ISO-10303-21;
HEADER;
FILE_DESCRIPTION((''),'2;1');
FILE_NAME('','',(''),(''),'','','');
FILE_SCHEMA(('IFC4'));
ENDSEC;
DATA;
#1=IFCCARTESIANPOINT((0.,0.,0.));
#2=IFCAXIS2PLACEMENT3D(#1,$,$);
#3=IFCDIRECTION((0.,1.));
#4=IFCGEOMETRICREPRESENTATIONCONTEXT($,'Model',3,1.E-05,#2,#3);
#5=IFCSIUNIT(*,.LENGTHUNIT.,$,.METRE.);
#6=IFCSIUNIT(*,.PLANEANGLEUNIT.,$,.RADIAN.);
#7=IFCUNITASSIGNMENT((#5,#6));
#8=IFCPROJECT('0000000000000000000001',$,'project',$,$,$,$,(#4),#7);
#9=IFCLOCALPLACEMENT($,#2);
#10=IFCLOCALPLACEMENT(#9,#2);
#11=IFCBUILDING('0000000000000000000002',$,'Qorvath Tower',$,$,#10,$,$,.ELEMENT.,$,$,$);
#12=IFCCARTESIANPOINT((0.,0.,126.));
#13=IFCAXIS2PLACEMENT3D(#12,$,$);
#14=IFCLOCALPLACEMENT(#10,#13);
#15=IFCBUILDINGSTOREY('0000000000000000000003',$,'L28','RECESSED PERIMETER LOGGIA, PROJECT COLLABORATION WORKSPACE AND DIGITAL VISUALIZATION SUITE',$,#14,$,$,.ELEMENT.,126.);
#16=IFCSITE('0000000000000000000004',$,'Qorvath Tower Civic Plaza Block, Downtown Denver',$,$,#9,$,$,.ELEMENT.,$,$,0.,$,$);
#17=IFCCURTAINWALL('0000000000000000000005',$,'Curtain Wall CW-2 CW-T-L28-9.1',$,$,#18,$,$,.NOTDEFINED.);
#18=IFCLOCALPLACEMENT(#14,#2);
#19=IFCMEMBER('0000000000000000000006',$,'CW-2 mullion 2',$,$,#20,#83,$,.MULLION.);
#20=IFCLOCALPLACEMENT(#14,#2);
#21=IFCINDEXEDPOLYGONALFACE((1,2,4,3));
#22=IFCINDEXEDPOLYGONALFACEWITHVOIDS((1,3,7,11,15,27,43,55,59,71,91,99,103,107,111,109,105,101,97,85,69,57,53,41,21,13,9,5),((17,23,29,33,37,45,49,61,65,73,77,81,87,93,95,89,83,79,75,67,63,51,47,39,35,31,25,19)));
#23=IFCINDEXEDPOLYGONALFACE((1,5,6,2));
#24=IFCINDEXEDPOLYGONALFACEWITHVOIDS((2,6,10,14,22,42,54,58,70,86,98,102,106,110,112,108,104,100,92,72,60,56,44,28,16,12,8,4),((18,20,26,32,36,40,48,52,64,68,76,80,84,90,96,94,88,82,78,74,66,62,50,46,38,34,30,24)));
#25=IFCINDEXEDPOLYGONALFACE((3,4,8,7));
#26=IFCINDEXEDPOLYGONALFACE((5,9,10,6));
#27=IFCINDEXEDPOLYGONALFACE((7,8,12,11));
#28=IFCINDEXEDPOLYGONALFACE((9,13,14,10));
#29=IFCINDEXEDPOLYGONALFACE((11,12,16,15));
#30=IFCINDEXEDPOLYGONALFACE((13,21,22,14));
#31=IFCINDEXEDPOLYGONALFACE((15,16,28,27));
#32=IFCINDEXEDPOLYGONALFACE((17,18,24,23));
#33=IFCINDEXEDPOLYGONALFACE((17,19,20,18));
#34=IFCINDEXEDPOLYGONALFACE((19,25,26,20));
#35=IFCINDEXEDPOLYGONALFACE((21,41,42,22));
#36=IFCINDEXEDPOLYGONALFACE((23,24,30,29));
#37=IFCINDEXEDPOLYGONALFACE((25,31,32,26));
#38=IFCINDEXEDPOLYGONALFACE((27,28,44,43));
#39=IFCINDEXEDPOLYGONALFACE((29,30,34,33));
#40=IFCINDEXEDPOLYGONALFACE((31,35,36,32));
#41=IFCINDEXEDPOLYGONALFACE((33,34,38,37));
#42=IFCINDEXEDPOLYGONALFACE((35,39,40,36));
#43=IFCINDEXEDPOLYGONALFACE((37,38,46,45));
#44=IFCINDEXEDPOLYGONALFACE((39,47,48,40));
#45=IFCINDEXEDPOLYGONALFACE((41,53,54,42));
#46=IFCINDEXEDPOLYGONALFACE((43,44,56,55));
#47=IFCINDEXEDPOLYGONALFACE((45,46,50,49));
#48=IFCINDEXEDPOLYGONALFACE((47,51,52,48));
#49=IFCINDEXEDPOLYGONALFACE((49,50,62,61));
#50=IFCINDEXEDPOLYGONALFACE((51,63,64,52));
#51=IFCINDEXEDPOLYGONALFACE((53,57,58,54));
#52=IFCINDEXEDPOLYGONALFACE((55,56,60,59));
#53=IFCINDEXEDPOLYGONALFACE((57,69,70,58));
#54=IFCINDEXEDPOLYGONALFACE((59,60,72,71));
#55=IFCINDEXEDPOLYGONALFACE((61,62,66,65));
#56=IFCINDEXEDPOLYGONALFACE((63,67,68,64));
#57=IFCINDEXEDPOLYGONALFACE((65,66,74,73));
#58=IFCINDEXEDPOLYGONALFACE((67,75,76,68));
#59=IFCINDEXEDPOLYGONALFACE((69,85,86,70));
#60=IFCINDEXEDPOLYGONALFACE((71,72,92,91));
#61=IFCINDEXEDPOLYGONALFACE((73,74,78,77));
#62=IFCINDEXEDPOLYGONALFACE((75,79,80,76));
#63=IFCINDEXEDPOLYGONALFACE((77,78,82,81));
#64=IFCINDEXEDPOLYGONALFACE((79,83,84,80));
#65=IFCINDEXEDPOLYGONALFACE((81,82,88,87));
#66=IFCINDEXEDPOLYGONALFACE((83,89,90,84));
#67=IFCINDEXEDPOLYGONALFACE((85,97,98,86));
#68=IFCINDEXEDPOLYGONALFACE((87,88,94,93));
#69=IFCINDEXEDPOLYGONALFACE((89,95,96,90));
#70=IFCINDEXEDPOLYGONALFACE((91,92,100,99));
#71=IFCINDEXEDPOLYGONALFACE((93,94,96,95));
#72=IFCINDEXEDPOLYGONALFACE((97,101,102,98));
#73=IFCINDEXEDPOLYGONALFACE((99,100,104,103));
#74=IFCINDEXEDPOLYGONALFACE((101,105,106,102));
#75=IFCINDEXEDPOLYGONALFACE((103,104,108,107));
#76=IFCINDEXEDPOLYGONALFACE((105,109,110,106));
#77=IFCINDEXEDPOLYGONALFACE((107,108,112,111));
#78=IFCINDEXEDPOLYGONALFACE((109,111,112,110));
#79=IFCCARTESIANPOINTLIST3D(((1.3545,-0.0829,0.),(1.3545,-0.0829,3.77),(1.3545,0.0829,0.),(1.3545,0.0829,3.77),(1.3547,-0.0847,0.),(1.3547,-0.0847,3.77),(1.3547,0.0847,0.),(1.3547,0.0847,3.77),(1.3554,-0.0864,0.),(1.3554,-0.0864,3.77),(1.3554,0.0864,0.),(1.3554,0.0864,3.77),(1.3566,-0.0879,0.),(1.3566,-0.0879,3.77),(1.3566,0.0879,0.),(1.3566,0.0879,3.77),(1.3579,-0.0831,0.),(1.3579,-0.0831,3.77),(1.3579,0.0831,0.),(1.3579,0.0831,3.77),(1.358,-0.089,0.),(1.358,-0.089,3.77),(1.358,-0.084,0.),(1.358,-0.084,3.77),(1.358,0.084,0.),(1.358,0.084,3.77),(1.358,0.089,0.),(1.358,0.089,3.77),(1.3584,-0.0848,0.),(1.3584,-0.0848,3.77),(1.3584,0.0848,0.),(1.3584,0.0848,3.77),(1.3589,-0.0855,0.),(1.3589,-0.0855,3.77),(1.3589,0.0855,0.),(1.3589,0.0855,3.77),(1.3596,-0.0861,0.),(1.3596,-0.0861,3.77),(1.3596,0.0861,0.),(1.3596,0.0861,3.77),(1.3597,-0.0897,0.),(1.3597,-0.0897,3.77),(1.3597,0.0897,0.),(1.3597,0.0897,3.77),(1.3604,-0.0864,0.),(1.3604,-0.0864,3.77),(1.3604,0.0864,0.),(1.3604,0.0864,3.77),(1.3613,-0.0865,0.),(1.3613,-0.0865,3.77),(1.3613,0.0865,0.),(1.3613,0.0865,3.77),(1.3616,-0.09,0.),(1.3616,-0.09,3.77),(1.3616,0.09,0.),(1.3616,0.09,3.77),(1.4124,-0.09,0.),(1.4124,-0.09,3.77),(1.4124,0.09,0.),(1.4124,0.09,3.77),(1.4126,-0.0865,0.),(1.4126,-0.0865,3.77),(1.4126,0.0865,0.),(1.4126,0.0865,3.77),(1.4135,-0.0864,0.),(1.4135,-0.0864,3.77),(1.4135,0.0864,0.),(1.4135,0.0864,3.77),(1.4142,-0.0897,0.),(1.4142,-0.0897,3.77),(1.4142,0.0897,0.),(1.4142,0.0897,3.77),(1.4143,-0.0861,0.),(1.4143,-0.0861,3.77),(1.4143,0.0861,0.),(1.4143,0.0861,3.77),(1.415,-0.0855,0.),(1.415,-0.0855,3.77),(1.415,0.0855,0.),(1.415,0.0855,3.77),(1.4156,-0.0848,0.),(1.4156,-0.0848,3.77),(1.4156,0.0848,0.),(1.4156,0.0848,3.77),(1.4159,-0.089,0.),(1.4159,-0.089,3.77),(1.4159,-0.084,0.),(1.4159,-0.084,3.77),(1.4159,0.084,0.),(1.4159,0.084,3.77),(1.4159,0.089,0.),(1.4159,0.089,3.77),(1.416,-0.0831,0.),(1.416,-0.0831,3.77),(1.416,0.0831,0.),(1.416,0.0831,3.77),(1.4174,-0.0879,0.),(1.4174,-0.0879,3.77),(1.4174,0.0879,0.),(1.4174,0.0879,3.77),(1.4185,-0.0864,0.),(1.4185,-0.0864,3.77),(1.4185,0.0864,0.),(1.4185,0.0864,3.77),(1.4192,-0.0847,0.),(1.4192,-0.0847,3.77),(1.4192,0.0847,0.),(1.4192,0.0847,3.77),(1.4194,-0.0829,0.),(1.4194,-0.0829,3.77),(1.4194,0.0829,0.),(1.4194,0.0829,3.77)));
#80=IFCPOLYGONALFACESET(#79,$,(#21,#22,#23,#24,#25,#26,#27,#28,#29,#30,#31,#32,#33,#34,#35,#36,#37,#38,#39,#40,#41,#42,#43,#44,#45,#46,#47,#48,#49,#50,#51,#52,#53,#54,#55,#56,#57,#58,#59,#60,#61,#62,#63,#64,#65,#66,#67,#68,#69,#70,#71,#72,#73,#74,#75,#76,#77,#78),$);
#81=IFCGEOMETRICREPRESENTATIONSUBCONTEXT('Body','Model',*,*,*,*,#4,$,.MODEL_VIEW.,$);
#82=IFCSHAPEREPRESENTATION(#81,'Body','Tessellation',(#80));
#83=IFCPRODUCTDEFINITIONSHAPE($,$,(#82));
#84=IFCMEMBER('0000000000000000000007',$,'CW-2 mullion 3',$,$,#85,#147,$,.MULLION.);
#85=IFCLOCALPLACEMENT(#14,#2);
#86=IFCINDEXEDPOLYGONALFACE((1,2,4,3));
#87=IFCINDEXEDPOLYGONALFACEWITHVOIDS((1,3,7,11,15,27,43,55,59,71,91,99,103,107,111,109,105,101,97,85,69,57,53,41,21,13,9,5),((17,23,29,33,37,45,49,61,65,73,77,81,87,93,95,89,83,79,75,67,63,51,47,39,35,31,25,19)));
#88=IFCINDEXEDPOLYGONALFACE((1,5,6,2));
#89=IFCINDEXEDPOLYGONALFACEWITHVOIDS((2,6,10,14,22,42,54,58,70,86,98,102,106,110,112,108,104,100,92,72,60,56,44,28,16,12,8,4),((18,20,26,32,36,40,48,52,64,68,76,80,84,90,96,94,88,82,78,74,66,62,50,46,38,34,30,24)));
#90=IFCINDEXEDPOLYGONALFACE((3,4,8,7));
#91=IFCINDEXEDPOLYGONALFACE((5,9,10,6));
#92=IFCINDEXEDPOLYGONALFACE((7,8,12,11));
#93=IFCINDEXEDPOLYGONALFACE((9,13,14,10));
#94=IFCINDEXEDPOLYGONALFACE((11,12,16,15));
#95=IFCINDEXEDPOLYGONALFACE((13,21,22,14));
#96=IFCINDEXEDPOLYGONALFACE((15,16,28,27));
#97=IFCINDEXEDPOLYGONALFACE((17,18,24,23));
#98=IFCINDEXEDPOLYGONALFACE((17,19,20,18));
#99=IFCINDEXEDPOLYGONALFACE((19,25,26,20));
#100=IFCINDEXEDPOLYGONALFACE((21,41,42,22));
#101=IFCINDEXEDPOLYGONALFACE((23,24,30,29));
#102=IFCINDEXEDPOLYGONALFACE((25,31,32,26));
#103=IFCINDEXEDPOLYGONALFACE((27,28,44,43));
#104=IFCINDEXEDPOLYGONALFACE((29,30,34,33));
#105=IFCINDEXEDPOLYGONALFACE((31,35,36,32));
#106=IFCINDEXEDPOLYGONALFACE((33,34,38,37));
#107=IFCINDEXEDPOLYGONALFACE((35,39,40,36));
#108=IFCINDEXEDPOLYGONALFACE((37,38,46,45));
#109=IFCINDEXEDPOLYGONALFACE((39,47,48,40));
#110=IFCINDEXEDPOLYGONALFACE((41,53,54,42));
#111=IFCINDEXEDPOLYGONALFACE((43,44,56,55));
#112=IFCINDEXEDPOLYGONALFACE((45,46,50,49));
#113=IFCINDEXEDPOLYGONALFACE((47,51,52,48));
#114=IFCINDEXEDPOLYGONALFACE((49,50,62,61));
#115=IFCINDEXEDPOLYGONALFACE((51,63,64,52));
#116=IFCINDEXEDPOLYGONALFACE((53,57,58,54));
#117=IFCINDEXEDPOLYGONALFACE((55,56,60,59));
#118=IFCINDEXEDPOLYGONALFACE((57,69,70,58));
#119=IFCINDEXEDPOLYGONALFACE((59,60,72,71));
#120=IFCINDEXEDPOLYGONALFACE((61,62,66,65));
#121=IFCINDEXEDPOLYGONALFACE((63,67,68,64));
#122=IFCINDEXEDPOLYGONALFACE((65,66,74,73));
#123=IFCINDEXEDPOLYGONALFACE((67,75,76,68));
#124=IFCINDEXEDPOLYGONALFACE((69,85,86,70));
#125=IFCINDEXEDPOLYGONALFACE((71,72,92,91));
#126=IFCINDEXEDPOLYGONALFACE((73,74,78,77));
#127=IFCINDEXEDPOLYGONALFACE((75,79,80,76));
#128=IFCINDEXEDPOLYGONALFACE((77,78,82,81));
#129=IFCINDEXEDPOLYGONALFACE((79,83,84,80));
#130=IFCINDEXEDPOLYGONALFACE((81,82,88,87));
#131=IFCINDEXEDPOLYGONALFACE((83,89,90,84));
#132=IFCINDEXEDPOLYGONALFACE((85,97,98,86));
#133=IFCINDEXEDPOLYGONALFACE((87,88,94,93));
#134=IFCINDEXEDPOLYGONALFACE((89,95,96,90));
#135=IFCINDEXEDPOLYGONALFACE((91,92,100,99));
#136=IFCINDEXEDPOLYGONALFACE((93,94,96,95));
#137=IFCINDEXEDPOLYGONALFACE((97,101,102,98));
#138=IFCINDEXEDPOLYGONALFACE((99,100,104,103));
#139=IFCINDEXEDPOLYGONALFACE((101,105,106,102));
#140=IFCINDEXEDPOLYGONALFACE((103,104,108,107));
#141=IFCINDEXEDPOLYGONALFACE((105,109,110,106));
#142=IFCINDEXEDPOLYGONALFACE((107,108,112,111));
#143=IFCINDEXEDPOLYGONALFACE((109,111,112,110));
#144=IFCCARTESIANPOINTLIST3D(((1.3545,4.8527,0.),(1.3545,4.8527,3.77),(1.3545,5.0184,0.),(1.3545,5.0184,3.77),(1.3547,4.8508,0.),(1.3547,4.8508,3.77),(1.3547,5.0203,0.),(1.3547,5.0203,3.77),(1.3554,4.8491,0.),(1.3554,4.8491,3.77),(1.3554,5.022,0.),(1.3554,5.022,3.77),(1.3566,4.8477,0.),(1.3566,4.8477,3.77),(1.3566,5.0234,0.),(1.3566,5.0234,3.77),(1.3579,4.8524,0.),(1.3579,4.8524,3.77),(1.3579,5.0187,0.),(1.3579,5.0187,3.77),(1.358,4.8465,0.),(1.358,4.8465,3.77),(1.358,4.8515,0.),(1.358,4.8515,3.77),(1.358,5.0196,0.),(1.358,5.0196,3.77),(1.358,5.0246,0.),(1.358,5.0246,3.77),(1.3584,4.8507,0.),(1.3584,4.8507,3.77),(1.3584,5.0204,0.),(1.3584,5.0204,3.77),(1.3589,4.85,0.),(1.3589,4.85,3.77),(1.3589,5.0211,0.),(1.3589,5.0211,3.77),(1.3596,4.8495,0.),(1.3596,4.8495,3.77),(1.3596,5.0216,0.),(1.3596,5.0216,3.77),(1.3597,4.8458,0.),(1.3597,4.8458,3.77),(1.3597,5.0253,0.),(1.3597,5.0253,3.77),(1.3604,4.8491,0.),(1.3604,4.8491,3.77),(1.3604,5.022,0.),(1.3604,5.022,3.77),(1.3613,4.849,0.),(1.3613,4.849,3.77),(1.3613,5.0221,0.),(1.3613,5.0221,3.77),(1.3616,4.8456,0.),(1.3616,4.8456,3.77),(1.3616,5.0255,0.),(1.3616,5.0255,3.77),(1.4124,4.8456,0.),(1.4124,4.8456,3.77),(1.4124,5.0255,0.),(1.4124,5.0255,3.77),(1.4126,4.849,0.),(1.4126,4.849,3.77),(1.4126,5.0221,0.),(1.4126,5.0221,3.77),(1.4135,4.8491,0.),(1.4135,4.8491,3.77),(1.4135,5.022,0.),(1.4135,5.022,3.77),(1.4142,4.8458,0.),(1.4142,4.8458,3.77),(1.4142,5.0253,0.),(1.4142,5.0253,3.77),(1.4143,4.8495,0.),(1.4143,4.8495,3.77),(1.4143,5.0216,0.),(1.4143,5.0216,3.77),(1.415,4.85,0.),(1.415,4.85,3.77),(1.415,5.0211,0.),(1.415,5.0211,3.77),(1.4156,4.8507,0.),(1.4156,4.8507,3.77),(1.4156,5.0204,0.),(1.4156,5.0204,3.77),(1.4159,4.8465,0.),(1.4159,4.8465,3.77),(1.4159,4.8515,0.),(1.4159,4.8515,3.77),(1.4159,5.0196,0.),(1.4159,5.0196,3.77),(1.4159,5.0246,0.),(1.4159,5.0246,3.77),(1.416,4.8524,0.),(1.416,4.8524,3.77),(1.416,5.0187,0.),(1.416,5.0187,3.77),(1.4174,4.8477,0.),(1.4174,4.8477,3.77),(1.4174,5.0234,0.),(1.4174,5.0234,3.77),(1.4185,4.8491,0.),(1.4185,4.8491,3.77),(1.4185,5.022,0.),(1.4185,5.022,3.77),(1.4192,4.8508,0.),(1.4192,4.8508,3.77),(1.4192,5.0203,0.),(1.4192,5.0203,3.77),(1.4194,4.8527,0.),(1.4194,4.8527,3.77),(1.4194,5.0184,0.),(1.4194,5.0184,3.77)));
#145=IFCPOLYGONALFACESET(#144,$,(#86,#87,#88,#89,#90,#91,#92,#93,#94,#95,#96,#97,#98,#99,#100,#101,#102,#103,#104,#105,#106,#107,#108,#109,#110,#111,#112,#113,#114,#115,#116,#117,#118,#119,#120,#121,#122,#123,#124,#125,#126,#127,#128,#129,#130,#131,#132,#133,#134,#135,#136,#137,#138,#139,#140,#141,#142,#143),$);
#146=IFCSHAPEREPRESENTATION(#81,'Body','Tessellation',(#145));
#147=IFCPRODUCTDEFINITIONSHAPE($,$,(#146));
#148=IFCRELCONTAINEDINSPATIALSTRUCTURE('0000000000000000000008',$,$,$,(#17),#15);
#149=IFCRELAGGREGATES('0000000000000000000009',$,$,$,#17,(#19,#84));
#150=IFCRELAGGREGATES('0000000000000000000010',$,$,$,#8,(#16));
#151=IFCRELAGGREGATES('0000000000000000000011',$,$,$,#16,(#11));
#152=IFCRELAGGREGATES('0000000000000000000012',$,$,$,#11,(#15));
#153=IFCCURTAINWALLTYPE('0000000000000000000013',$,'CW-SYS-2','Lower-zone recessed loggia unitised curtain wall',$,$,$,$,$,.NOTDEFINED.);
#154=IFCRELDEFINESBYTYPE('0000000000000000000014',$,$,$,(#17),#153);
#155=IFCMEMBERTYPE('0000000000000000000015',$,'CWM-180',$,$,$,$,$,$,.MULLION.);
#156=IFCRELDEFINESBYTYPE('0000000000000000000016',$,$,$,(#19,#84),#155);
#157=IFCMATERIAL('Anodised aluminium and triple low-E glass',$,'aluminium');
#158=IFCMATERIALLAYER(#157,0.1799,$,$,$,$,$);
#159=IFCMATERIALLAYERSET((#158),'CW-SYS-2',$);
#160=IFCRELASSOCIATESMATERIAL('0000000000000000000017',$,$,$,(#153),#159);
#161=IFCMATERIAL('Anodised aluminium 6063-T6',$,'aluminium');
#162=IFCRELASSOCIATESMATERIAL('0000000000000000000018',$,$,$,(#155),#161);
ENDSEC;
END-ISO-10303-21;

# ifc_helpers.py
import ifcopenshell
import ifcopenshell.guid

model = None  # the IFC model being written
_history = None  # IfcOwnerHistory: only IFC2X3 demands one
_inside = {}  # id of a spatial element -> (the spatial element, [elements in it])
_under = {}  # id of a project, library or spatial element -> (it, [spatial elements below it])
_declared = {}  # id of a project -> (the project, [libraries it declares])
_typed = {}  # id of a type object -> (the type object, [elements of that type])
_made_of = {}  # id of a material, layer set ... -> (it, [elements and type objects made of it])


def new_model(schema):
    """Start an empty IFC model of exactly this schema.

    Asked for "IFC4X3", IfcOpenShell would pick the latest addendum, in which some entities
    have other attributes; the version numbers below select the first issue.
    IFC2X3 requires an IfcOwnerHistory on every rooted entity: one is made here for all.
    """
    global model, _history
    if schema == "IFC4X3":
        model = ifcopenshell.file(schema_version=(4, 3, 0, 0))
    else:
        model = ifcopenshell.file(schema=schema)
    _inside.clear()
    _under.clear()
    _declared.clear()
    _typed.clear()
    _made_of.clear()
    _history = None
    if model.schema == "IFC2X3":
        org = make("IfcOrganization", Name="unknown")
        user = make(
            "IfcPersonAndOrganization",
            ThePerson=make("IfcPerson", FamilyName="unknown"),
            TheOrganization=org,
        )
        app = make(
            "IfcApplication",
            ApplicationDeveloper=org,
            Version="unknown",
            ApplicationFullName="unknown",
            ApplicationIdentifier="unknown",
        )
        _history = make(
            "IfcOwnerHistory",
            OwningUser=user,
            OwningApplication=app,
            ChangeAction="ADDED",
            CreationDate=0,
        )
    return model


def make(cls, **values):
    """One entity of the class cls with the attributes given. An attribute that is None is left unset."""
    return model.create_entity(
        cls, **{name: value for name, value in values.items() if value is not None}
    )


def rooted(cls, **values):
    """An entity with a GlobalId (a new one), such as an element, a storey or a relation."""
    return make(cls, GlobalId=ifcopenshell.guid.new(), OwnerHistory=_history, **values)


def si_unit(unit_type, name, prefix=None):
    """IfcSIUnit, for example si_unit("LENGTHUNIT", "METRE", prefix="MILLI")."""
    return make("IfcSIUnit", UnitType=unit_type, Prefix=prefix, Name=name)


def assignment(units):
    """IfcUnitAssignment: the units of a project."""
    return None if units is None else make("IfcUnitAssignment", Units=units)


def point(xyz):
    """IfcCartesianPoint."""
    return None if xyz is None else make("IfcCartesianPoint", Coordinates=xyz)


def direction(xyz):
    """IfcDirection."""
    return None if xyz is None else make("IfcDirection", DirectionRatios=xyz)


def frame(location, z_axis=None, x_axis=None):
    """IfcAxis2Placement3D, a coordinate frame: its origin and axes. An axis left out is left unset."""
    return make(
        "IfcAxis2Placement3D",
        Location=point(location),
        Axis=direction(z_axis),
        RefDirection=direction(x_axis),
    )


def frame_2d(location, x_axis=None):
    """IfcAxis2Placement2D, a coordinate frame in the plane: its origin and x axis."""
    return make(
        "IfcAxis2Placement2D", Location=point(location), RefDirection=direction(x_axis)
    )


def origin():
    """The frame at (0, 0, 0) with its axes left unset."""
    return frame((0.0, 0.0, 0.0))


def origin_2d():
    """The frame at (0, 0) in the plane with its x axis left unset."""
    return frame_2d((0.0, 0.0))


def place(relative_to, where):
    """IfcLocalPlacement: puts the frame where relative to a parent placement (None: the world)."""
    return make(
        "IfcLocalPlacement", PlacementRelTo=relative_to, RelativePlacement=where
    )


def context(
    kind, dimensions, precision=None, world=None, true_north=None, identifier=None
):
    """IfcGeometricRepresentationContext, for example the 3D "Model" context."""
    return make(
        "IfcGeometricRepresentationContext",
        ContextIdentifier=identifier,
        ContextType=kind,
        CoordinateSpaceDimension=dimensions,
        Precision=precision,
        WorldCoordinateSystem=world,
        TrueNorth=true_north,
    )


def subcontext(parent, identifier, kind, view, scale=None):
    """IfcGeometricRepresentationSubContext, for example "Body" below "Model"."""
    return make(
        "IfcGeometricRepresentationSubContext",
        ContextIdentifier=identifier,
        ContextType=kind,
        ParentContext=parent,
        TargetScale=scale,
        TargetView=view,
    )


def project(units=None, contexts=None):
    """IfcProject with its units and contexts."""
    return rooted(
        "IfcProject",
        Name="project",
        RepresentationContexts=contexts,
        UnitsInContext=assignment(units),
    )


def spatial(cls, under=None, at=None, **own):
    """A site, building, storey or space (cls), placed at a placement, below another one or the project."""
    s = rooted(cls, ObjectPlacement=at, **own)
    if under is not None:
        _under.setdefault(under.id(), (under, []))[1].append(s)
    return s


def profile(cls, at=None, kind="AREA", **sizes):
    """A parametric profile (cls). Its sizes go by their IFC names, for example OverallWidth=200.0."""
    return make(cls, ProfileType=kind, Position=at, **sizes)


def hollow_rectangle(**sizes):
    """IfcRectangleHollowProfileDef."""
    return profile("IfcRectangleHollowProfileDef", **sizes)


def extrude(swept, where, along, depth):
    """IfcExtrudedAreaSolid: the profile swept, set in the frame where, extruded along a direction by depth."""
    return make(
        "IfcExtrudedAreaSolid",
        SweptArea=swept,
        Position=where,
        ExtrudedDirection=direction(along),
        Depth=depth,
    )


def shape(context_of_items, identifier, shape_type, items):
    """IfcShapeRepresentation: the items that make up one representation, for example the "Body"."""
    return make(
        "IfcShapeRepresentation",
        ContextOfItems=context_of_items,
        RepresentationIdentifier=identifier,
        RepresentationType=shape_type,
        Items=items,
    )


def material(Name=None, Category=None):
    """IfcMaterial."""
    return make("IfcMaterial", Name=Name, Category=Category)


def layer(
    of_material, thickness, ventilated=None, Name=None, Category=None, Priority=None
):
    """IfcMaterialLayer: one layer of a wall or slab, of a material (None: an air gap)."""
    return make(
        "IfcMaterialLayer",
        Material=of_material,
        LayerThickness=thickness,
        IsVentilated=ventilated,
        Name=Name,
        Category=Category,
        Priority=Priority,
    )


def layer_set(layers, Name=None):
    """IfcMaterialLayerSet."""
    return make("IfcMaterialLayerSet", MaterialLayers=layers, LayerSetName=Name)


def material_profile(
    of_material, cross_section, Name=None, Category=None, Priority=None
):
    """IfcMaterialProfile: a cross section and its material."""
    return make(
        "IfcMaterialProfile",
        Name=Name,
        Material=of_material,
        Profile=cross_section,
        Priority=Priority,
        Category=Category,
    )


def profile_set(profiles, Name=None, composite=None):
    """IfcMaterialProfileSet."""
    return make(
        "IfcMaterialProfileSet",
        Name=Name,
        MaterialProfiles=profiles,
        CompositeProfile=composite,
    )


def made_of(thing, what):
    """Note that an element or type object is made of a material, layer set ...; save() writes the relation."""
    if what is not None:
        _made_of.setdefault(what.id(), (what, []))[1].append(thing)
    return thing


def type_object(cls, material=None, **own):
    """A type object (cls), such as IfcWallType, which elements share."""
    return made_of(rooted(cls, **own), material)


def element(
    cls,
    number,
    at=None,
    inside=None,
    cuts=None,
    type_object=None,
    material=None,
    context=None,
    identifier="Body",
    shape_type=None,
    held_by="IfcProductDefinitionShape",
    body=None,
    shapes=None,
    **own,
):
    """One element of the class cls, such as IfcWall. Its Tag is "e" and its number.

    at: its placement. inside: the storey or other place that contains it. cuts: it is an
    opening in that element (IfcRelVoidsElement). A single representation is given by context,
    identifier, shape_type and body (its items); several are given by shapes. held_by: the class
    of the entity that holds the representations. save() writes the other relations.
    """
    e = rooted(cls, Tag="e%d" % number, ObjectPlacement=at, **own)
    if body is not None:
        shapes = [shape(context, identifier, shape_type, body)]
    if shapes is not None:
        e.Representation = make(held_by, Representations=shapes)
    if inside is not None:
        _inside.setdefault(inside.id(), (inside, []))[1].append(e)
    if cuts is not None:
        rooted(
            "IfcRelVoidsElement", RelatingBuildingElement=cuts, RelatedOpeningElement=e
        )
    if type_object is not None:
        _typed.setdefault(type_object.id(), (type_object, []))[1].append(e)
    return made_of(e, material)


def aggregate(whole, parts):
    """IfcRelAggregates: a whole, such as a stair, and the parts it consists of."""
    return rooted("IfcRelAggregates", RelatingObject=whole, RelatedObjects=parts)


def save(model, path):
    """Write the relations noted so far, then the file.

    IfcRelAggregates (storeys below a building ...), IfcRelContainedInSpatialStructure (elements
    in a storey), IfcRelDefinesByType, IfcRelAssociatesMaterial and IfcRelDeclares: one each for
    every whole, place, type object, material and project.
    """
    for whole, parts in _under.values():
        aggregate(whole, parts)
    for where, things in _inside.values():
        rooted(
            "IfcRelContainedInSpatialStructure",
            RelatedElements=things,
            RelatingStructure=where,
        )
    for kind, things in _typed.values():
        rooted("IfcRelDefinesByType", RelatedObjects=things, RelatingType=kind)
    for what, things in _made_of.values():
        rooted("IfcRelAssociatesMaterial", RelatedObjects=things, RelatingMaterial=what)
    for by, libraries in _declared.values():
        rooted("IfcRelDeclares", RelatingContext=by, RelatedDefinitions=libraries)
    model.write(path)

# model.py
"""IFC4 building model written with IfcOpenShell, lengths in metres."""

from ifc_helpers import new_model, si_unit, direction, frame, origin, origin_2d, place, context, subcontext, project, spatial, hollow_rectangle, extrude, material, layer, layer_set, material_profile, profile_set, type_object, element, aggregate, save


model = new_model("IFC4")

# Units and contexts
model_context = context("Model", 3, precision=1e-05, world=origin(), true_north=direction((0.0, 1.0)))
body_context = subcontext(model_context, "Body", "Model", "MODEL_VIEW")
ifc_project = project(units=[si_unit("LENGTHUNIT", "METRE"), si_unit("PLANEANGLEUNIT", "RADIAN")], contexts=[model_context])

# Site, building, storey
site_placement = place(None, origin())
site = spatial("IfcSite", under=ifc_project, at=site_placement, Name="Qorvath Tower Civic Plaza Block, Downtown Denver", CompositionType="ELEMENT", RefElevation=0.0)
building_placement = place(site_placement, origin())
building = spatial("IfcBuilding", under=site, at=building_placement, Name="Qorvath Tower", CompositionType="ELEMENT")
storey_placement = place(building_placement, frame((0.0, 0.0, 126.0)))
storey = spatial("IfcBuildingStorey", under=building, at=storey_placement, Name="L28", Description="RECESSED PERIMETER LOGGIA, PROJECT COLLABORATION WORKSPACE AND DIGITAL VISUALIZATION SUITE", CompositionType="ELEMENT", Elevation=126.0)

# Curtain wall, members
ifc_material_1 = material(Name="Anodised aluminium and triple low-E glass", Category="aluminium")
ifc_layer_1 = layer(ifc_material_1, 0.1799)
ifc_layer_set_1 = layer_set([ifc_layer_1], Name="CW-SYS-2")
curtain_wall_type = type_object("IfcCurtainWallType", Name="CW-SYS-2", Description="Lower-zone recessed loggia unitised curtain wall", PredefinedType="NOTDEFINED", material=ifc_layer_set_1)
curtain_wall_1_placement = place(storey_placement, origin())
curtain_wall_1 = element("IfcCurtainWall", 1, at=curtain_wall_1_placement, inside=storey, type_object=curtain_wall_type, Name="Curtain Wall CW-2 CW-T-L28-9.1", PredefinedType="NOTDEFINED")
ifc_material_2 = material(Name="Anodised aluminium 6063-T6", Category="aluminium")
ifc_material_profile_1 = material_profile(ifc_material_2, hollow_rectangle(XDim=0.0649, YDim=0.1799, WallThickness=0.0034, InnerFilletRadius=0.0034, OuterFilletRadius=0.0071, at=origin_2d()), Name="CWM 180x65")
ifc_profile_set_1 = profile_set([ifc_material_profile_1], Name="Anodised aluminium 6063-T6")
member_type_1 = type_object("IfcMemberType", Name="CWM-180", PredefinedType="MULLION", material=ifc_profile_set_1)
member_1_placement = place(storey_placement, frame((1.387, 0.0, 0.0), z_axis=(0.0, 0.0, 1.0), x_axis=(-1.0, 0.0, 0.0)))
member_1 = element("IfcMember", 2, at=member_1_placement, type_object=member_type_1, Name="CW-2 mullion 2", PredefinedType="MULLION", context=body_context, shape_type="SweptSolid", body=[
    extrude(hollow_rectangle(XDim=0.0649, YDim=0.1799, WallThickness=0.0034, InnerFilletRadius=0.0034, OuterFilletRadius=0.0071, at=origin_2d()), origin(), (0.0, 0.0, 1.0), 3.77),
])
member_2_placement = place(storey_placement, frame((1.387, 4.9355, 0.0), z_axis=(0.0, 0.0, 1.0), x_axis=(-1.0, 0.0, 0.0)))
member_2 = element("IfcMember", 3, at=member_2_placement, type_object=member_type_1, Name="CW-2 mullion 3", PredefinedType="MULLION", context=body_context, shape_type="SweptSolid", body=[
    extrude(hollow_rectangle(XDim=0.0649, YDim=0.1799, WallThickness=0.0034, InnerFilletRadius=0.0034, OuterFilletRadius=0.0071, at=origin_2d()), origin(), (0.0, 0.0, 1.0), 3.77),
])

aggregate(curtain_wall_1, [member_1, member_2])

save(model, "model.ifc")
